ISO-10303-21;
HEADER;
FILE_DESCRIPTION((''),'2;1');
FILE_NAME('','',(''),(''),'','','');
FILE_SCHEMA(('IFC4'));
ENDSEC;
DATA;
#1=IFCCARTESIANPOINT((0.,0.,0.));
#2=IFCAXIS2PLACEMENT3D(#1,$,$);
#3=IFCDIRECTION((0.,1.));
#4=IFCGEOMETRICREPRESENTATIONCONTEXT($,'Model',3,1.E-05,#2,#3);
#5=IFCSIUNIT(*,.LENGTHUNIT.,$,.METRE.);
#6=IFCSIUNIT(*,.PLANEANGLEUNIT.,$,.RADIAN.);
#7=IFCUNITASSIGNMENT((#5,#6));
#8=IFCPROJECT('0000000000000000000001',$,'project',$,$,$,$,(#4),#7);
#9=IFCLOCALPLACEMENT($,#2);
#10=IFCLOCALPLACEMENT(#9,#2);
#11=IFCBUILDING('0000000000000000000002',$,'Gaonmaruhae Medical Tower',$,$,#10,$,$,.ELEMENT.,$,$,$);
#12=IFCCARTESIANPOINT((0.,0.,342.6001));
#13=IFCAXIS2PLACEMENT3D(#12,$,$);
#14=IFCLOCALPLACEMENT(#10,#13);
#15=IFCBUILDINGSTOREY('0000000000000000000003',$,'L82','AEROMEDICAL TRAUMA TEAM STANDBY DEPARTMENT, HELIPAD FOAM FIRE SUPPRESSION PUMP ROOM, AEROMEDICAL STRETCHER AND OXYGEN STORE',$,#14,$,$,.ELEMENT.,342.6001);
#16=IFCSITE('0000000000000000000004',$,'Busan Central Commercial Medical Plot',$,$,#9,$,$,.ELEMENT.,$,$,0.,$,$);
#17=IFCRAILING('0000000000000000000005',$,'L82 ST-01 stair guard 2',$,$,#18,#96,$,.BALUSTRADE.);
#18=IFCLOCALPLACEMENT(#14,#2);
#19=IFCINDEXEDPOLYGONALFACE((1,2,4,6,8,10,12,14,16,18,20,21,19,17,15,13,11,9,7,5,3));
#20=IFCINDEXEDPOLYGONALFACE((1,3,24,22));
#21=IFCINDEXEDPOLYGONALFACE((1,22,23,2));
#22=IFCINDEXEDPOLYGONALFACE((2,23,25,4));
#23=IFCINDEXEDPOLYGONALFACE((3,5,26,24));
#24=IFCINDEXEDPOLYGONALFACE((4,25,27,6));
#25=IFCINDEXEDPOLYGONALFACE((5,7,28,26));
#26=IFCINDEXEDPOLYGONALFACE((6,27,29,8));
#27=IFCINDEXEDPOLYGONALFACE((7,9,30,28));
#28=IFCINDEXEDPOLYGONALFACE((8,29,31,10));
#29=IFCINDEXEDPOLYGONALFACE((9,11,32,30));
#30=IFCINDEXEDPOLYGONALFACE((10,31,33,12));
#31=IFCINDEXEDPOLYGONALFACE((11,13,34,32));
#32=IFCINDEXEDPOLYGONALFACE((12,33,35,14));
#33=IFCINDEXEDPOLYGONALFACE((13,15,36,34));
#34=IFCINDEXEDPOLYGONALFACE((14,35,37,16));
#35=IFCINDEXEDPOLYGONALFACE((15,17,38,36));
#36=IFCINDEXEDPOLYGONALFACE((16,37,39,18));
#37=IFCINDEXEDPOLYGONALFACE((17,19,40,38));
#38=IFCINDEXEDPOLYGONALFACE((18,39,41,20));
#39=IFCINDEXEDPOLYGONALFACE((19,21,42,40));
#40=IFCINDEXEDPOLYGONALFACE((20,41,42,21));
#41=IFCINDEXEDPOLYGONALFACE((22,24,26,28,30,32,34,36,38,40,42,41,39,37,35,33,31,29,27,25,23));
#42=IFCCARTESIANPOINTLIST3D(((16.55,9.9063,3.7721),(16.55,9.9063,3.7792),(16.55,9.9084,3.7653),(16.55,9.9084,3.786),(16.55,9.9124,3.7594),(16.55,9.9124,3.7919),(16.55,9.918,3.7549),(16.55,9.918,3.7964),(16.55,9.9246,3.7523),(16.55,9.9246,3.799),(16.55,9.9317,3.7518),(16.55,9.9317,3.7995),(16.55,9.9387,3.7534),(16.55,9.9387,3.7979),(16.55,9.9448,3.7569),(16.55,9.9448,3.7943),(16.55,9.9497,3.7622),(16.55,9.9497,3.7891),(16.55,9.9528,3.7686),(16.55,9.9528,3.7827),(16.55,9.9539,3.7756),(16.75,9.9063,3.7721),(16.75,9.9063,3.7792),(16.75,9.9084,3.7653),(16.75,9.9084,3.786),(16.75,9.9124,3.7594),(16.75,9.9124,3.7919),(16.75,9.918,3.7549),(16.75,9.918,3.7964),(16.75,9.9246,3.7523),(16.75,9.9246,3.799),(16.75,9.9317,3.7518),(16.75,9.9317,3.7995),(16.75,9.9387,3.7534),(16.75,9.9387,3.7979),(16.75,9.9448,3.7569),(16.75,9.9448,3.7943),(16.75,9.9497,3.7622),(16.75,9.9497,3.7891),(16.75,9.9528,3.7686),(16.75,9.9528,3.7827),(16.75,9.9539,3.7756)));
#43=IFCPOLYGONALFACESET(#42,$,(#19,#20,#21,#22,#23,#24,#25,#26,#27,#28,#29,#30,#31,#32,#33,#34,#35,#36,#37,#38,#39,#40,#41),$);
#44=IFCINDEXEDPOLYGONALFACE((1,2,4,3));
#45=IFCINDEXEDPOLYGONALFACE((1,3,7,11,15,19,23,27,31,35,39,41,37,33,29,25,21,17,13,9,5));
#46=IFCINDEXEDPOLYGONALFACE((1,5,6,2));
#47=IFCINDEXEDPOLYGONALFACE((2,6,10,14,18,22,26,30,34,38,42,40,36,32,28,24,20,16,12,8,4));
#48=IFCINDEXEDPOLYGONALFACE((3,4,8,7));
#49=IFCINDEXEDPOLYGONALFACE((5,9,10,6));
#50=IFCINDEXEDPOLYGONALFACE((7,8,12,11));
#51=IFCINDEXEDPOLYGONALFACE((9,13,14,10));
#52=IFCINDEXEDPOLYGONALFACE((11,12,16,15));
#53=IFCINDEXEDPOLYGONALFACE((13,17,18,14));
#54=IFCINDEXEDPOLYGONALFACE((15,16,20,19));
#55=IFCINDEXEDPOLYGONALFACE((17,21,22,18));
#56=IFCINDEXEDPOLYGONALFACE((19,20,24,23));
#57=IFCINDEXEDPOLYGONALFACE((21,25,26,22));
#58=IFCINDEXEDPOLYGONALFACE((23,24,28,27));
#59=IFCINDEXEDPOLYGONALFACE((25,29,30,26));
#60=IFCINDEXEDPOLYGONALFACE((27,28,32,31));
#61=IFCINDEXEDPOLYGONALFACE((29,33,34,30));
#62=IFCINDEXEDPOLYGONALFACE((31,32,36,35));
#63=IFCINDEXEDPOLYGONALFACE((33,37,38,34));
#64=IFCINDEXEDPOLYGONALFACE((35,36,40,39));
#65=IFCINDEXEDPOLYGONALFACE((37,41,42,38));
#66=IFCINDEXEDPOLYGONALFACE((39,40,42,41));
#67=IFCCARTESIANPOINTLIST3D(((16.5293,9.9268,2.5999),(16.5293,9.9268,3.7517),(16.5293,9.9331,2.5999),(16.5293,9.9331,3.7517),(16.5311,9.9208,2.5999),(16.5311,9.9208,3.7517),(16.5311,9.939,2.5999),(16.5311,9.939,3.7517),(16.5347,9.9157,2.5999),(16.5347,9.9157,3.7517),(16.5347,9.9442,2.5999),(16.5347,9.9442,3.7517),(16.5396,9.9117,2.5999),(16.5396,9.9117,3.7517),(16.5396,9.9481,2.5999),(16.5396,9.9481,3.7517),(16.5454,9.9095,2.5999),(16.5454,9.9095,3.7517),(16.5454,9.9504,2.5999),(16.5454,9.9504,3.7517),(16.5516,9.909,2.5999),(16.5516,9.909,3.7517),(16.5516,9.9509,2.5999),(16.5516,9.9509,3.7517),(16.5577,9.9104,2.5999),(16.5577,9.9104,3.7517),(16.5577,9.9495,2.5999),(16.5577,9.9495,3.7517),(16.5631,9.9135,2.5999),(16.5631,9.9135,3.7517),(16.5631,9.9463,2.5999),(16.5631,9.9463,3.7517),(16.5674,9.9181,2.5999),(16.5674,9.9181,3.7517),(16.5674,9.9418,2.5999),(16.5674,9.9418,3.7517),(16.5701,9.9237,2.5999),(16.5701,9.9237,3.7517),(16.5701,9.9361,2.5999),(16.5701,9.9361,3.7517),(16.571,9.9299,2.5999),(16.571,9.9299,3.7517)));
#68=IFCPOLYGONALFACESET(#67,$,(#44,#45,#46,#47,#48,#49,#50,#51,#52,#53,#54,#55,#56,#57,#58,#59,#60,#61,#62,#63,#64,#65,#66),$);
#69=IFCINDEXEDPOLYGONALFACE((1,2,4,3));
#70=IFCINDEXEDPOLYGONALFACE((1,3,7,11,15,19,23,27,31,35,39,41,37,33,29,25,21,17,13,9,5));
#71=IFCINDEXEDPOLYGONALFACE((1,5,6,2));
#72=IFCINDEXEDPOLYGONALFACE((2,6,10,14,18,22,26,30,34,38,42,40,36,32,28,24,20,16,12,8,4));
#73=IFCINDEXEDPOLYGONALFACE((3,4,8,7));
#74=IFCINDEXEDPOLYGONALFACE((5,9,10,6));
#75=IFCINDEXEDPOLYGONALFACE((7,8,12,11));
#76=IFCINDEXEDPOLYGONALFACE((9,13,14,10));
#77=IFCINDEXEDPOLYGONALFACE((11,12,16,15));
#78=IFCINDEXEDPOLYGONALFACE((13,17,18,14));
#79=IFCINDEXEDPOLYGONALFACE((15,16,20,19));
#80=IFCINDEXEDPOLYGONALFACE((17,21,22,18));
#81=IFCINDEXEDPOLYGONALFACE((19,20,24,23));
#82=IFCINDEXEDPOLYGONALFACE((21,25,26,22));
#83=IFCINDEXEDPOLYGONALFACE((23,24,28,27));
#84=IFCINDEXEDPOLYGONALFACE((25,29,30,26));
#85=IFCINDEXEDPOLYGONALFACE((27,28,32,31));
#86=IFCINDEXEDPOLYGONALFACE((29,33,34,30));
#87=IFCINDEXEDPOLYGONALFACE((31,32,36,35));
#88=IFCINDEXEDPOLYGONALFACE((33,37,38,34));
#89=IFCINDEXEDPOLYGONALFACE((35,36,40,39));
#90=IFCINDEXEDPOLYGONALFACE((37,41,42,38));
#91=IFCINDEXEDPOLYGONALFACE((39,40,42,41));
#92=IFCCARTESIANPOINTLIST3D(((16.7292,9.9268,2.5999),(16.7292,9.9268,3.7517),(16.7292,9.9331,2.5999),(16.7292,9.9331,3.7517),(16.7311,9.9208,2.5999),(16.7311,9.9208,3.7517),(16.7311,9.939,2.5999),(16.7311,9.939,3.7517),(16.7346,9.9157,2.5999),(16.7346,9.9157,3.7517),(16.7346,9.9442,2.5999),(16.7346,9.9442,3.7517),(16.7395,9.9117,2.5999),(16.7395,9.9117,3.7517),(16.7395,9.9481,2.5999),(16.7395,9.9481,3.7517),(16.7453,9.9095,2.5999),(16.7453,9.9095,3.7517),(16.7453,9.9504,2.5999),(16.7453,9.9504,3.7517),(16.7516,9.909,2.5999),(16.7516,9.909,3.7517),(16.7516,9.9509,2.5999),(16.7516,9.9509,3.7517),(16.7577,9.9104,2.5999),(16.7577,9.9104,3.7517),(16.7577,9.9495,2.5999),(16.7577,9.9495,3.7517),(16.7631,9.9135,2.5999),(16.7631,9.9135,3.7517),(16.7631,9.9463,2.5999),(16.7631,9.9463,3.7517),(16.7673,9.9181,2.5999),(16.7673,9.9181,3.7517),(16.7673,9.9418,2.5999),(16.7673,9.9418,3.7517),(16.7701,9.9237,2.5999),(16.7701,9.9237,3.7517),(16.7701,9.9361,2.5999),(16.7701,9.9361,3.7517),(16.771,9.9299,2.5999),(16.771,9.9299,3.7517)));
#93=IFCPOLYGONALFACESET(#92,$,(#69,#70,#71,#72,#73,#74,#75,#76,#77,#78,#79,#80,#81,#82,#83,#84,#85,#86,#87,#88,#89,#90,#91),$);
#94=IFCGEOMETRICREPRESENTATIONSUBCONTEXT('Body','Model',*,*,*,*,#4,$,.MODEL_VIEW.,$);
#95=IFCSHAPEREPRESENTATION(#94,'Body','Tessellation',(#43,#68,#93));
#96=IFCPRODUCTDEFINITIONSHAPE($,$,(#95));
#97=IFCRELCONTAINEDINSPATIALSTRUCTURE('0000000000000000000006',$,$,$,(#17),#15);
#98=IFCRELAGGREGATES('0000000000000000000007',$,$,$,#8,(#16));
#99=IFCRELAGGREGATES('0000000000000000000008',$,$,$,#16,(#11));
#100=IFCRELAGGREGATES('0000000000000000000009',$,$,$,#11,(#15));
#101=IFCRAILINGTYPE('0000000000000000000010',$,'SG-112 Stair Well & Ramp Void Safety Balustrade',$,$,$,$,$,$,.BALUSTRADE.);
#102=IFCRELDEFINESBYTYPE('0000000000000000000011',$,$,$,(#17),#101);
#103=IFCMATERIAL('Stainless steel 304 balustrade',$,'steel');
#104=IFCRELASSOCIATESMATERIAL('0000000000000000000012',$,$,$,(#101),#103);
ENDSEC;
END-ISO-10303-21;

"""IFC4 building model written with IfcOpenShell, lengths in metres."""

from ifc_helpers import new_model, si_unit, direction, frame, origin, origin_2d, place, context, subcontext, project, spatial, circle, extrude, material, type_object, element, save


model = new_model("IFC4")

# Units and contexts
model_context = context("Model", 3, precision=1e-05, world=origin(), true_north=direction((0.0, 1.0)))
body_context = subcontext(model_context, "Body", "Model", "MODEL_VIEW")
ifc_project = project(units=[si_unit("LENGTHUNIT", "METRE"), si_unit("PLANEANGLEUNIT", "RADIAN")], contexts=[model_context])

# Site, building, storey
site_placement = place(None, origin())
site = spatial("IfcSite", under=ifc_project, at=site_placement, Name="Busan Central Commercial Medical Plot", CompositionType="ELEMENT", RefElevation=0.0)
building_placement = place(site_placement, origin())
building = spatial("IfcBuilding", under=site, at=building_placement, Name="Gaonmaruhae Medical Tower", CompositionType="ELEMENT")
storey_placement = place(building_placement, frame((0.0, 0.0, 342.6001)))
storey = spatial("IfcBuildingStorey", under=building, at=storey_placement, Name="L82", Description="AEROMEDICAL TRAUMA TEAM STANDBY DEPARTMENT, HELIPAD FOAM FIRE SUPPRESSION PUMP ROOM, AEROMEDICAL STRETCHER AND OXYGEN STORE", CompositionType="ELEMENT", Elevation=342.6001)

# Railing
ifc_material_1 = material(Name="Stainless steel 304 balustrade", Category="steel")
railing_type_1 = type_object("IfcRailingType", Name="SG-112 Stair Well & Ramp Void Safety Balustrade", PredefinedType="BALUSTRADE", material=ifc_material_1)
railing_1_placement = place(storey_placement, frame((16.55, 9.9299, 2.5999)))
element("IfcRailing", 1, at=railing_1_placement, inside=storey, type_object=railing_type_1, Name="L82 ST-01 stair guard 2", PredefinedType="BALUSTRADE", context=body_context, shape_type="SweptSolid", body=[
    extrude(circle(Radius=0.0239, at=origin_2d()), frame((0.0, 0.0, 1.1758), z_axis=(1.0, 0.0, 0.0), x_axis=(0.0, 1.0, 0.0)), (0.0, 0.0, 1.0), 0.2),
    extrude(circle(Radius=0.021, at=origin_2d()), origin(), (0.0, 0.0, 1.0), 1.1519),
    extrude(circle(Radius=0.021, at=origin_2d()), frame((0.2, 0.0, 0.0)), (0.0, 0.0, 1.0), 1.1519),
])

save(model, "model.ifc")
